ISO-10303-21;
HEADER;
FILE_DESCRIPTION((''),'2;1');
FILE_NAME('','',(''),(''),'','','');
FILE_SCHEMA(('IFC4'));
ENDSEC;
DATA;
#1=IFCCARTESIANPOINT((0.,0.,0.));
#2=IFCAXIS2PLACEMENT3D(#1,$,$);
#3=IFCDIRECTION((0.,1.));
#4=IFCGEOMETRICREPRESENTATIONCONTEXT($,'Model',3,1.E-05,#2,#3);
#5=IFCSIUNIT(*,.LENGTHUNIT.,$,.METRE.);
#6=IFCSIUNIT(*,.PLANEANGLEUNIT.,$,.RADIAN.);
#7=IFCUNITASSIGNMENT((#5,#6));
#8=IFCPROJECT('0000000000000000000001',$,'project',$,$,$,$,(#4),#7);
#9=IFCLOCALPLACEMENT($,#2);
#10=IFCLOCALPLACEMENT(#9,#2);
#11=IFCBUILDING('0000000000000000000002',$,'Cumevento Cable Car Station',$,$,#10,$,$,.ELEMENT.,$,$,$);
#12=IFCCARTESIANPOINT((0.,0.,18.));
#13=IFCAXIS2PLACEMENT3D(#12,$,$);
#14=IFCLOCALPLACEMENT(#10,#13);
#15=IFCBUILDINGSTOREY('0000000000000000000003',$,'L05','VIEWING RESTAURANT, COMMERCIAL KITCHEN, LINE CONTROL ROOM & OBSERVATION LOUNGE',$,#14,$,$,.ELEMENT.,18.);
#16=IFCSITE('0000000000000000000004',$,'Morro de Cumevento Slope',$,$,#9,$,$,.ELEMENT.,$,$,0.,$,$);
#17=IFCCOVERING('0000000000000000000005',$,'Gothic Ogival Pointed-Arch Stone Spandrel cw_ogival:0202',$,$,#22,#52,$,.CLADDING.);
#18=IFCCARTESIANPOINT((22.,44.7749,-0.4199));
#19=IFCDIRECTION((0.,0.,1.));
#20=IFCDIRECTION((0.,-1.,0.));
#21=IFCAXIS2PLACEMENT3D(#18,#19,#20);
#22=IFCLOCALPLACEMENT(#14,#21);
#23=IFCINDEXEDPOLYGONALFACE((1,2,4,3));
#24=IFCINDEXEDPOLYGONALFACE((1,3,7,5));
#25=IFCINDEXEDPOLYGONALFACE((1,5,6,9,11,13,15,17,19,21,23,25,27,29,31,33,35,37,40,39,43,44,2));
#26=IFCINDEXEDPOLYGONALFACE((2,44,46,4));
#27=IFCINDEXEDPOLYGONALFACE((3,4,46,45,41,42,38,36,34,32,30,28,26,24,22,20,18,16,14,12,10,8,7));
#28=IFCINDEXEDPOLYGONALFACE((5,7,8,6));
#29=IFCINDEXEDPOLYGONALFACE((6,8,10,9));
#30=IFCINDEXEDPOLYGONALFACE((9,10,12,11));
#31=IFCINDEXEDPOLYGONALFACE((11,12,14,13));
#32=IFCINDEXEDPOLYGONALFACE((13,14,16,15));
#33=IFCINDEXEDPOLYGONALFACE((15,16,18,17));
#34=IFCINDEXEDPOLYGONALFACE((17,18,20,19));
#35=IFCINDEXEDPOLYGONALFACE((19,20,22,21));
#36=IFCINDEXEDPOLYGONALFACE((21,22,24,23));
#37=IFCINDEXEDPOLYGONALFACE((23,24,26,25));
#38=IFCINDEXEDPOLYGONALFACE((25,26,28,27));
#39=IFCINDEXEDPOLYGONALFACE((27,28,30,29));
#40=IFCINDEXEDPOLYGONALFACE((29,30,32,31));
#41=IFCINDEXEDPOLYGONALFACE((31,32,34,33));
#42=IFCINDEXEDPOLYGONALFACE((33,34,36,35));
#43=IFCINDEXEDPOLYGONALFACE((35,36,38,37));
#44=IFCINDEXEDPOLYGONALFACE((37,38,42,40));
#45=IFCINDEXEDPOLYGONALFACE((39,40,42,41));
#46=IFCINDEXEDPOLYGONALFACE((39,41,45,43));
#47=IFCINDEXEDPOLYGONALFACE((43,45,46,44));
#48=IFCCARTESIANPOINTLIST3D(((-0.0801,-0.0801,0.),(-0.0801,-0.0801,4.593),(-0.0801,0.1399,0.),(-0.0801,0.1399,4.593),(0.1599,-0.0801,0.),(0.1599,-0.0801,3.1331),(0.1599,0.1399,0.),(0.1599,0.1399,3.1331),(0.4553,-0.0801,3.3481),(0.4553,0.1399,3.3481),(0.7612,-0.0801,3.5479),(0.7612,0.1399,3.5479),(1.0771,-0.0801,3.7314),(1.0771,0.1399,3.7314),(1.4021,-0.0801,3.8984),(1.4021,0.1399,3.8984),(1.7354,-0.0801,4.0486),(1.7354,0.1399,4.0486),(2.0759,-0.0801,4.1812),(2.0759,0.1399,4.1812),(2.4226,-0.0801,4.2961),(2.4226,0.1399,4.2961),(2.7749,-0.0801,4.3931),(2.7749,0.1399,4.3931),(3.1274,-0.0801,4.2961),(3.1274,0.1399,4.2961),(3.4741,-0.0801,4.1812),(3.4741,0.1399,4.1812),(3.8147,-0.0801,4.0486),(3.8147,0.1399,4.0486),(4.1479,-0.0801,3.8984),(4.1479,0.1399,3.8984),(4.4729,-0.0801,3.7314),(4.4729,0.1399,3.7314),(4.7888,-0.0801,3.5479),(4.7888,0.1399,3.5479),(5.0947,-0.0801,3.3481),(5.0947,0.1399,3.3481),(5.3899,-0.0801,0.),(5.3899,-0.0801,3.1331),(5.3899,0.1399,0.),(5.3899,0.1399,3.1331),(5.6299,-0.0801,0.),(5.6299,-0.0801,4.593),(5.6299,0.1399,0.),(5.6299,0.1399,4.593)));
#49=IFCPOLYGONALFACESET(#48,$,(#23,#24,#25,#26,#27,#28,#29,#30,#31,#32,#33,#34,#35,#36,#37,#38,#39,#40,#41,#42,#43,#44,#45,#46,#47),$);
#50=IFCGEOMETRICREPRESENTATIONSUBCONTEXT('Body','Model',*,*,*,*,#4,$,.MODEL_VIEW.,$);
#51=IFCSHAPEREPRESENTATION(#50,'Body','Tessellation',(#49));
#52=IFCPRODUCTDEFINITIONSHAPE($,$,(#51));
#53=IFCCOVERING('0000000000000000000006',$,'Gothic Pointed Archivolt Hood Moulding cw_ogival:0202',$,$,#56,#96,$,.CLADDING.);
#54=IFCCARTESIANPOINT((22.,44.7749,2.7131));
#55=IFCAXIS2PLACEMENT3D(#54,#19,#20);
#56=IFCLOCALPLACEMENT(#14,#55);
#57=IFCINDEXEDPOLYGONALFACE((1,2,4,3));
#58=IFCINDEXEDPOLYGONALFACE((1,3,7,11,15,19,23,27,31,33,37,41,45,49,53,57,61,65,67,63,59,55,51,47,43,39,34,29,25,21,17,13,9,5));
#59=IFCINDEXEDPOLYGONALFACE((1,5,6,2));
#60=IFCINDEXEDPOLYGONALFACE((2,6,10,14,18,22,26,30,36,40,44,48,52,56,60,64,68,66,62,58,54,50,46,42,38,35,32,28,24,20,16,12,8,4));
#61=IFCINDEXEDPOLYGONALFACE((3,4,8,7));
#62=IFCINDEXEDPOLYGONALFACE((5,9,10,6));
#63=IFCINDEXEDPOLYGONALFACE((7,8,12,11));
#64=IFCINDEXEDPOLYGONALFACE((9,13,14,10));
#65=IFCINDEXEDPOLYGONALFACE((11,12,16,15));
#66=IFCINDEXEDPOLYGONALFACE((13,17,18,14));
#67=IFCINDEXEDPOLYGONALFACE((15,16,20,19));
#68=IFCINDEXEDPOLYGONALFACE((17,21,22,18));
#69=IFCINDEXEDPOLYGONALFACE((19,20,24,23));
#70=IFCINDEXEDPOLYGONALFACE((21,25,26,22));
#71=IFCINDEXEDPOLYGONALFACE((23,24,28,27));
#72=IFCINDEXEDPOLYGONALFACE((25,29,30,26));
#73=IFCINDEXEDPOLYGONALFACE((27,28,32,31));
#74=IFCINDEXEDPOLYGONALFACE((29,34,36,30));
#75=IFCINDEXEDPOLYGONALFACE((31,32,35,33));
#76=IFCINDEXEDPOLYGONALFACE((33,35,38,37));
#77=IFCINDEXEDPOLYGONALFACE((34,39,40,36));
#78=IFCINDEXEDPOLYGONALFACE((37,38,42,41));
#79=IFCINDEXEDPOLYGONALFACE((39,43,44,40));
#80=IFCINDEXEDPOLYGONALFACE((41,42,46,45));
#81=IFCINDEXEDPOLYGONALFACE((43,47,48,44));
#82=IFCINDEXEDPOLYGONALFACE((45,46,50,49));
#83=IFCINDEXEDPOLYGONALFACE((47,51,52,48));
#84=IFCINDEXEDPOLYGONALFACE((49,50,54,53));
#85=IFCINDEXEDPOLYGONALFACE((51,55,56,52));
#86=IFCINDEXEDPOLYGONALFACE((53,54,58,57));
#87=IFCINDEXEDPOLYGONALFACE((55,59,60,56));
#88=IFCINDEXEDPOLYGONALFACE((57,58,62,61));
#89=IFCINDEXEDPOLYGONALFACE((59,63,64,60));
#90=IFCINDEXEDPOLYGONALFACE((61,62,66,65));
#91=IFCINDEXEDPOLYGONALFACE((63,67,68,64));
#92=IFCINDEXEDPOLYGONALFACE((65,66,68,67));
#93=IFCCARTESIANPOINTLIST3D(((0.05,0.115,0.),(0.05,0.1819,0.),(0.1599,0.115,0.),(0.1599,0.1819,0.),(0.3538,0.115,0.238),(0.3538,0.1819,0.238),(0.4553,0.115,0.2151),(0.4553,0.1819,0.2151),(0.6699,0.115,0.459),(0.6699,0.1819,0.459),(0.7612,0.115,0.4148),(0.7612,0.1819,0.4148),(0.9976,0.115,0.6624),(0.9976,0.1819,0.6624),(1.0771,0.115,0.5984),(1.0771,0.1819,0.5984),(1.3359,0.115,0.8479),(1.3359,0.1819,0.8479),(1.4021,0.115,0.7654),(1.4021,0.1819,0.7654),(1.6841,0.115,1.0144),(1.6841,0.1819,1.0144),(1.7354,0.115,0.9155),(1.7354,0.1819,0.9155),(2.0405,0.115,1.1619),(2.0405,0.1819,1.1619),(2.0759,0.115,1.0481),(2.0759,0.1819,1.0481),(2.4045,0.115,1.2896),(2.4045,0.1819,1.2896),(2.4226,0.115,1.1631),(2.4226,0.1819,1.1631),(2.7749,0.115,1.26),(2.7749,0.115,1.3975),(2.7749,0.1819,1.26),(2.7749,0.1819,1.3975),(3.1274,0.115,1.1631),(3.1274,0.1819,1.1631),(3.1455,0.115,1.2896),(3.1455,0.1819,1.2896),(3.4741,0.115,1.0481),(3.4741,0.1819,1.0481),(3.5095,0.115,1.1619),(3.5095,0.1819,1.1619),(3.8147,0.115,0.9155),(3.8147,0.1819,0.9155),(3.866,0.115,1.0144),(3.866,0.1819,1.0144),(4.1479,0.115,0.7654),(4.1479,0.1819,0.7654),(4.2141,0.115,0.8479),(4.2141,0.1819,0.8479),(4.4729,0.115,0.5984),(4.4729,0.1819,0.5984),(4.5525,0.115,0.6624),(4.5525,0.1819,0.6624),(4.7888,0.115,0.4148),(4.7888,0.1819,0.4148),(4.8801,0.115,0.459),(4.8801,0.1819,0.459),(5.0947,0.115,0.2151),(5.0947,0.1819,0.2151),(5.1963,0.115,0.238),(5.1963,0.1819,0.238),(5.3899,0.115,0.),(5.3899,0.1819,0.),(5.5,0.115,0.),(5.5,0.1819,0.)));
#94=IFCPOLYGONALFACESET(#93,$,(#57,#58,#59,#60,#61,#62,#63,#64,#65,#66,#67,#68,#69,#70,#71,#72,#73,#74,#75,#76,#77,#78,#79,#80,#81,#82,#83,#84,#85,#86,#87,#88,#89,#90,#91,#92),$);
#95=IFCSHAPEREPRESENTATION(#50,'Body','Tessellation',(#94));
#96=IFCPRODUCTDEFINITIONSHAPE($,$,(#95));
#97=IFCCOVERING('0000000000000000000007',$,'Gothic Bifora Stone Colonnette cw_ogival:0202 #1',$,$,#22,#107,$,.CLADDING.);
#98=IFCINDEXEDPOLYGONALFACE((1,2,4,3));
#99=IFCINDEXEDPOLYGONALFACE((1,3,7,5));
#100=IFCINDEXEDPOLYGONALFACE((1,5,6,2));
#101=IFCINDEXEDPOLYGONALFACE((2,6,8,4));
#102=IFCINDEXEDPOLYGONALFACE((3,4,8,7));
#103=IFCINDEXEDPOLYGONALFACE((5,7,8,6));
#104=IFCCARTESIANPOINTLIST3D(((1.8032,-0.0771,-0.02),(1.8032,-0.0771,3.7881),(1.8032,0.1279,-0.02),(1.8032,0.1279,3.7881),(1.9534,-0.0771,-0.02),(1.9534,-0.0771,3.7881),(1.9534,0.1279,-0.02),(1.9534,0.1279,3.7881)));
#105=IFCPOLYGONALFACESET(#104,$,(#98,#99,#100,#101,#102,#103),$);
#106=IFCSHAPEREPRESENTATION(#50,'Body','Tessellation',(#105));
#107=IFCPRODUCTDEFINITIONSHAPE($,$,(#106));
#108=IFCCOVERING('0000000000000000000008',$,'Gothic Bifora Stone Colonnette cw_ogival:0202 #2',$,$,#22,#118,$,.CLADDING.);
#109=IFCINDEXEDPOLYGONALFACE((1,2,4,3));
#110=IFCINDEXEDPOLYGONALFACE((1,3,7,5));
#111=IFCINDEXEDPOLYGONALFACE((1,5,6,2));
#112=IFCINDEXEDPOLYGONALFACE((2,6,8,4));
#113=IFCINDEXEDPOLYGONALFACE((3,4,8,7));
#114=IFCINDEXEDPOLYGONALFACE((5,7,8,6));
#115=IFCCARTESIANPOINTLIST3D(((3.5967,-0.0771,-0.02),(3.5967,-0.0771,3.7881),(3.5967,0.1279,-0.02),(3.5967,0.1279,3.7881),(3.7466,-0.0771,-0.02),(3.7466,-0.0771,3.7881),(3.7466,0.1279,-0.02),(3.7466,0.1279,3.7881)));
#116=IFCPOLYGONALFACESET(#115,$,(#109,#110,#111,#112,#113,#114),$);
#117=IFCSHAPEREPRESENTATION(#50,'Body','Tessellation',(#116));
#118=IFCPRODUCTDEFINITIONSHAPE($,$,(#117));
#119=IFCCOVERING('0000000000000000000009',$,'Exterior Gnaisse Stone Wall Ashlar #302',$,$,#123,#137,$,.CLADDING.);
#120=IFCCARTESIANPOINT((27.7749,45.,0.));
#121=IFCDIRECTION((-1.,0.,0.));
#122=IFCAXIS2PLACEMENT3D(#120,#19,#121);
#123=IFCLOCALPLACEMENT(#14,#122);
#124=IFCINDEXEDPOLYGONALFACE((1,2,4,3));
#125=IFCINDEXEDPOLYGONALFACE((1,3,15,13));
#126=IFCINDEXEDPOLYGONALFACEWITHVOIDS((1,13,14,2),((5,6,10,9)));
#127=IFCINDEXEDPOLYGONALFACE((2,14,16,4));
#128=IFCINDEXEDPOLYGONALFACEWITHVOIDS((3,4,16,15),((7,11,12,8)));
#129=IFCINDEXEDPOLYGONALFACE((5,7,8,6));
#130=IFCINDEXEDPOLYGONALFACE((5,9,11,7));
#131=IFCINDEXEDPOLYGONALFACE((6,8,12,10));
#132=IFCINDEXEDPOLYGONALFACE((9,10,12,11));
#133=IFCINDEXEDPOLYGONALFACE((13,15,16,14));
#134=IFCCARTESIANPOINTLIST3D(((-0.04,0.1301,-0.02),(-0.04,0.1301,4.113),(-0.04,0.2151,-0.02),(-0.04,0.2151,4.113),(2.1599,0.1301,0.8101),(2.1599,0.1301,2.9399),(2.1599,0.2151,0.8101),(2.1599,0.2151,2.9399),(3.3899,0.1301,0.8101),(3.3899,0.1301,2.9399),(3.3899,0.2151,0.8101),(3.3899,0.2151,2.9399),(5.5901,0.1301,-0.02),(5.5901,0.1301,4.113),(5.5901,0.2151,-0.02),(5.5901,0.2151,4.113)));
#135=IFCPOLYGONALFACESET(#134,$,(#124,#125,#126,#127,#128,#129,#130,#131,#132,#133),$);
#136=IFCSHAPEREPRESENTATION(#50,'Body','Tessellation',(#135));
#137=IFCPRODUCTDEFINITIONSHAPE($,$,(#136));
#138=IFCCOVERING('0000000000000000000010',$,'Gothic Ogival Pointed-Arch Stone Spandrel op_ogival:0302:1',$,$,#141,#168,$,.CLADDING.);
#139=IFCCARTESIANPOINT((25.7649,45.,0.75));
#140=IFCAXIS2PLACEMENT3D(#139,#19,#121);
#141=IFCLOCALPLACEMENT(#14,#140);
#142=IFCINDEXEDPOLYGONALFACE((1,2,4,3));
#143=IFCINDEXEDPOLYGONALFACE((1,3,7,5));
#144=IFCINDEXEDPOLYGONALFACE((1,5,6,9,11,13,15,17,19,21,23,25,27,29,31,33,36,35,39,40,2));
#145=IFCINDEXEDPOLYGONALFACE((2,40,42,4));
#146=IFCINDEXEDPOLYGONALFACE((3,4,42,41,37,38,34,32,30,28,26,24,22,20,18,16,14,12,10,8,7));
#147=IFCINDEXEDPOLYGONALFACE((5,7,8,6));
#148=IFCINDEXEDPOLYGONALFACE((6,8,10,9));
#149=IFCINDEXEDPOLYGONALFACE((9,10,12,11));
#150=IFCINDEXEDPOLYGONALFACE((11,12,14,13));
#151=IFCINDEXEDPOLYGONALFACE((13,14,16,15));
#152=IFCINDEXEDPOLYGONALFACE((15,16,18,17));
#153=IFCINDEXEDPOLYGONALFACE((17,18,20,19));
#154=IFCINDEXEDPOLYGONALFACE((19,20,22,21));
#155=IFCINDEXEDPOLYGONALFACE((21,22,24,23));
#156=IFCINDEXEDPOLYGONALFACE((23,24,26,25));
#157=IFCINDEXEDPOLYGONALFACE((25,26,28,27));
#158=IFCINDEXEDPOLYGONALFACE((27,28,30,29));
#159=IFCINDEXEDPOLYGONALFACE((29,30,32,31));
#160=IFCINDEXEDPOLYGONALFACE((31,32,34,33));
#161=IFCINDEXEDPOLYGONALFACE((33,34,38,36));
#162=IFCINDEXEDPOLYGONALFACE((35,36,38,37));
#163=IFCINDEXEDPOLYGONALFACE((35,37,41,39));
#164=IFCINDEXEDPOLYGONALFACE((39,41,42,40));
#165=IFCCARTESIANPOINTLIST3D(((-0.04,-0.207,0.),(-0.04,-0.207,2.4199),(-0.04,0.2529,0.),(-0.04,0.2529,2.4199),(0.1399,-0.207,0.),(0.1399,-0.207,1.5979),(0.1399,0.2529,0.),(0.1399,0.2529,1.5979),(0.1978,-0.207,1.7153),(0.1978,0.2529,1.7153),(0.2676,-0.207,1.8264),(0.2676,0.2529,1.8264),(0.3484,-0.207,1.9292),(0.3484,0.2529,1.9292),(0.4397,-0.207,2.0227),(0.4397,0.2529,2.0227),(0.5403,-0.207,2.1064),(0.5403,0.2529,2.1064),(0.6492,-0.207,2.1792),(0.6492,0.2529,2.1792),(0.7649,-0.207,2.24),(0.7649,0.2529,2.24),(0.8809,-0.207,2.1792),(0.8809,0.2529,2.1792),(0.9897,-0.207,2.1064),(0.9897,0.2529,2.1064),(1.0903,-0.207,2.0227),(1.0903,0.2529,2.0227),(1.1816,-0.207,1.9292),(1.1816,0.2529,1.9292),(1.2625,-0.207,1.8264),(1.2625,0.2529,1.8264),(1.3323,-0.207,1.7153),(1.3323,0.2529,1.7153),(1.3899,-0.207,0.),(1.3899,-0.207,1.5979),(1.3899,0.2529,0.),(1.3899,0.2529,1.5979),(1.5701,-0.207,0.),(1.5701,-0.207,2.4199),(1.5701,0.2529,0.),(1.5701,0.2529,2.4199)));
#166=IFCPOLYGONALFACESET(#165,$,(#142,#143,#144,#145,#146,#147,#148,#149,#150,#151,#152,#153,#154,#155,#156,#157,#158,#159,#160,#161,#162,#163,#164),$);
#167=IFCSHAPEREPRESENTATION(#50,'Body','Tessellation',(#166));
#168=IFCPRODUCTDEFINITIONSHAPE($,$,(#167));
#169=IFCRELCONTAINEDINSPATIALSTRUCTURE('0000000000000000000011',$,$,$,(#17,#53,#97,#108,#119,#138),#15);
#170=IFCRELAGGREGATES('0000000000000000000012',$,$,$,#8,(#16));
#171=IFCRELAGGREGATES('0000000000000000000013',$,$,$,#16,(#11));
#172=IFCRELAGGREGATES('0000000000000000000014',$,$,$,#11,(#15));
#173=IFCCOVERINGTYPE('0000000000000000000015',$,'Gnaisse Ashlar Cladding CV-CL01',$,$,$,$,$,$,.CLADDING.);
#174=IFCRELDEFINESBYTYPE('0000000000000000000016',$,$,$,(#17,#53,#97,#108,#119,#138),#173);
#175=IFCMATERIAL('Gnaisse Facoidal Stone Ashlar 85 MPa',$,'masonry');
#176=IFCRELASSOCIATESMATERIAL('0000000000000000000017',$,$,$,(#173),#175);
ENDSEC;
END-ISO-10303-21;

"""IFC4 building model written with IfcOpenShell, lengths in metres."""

from ifc_helpers import new_model, si_unit, direction, frame, origin, place, context, subcontext, project, spatial, polyline, outline, extrude, material, type_object, element, save


model = new_model("IFC4")

# Units and contexts
model_context = context("Model", 3, precision=1e-05, world=origin(), true_north=direction((0.0, 1.0)))
body_context = subcontext(model_context, "Body", "Model", "MODEL_VIEW")
ifc_project = project(units=[si_unit("LENGTHUNIT", "METRE"), si_unit("PLANEANGLEUNIT", "RADIAN")], contexts=[model_context])

# Site, building, storey
site_placement = place(None, origin())
site = spatial("IfcSite", under=ifc_project, at=site_placement, Name="Morro de Cumevento Slope", CompositionType="ELEMENT", RefElevation=0.0)
building_placement = place(site_placement, origin())
building = spatial("IfcBuilding", under=site, at=building_placement, Name="Cumevento Cable Car Station", CompositionType="ELEMENT")
storey_placement = place(building_placement, frame((0.0, 0.0, 18.0)))
storey = spatial("IfcBuildingStorey", under=building, at=storey_placement, Name="L05", Description="VIEWING RESTAURANT, COMMERCIAL KITCHEN, LINE CONTROL ROOM & OBSERVATION LOUNGE", CompositionType="ELEMENT", Elevation=18.0)

# Coverings
ifc_material_1 = material(Name="Gnaisse Facoidal Stone Ashlar 85 MPa", Category="masonry")
covering_type = type_object("IfcCoveringType", Name="Gnaisse Ashlar Cladding CV-CL01", PredefinedType="CLADDING", material=ifc_material_1)
placement = place(storey_placement, frame((22.0, 44.7749, -0.4199), z_axis=(0.0, 0.0, 1.0), x_axis=(0.0, -1.0, 0.0)))
element("IfcCovering", 1, at=placement, inside=storey, type_object=covering_type, Name="Gothic Ogival Pointed-Arch Stone Spandrel cw_ogival:0202", PredefinedType="CLADDING", context=body_context, shape_type="SweptSolid", body=[
    extrude(outline(polyline([(-0.0801, 0.0), (-0.0801, 4.593), (5.6299, 4.593), (5.6299, 0.0), (5.3899, 0.0), (5.3899, 3.1331), (5.0947, 3.3481), (4.7888, 3.5479), (4.4729, 3.7314), (4.1479, 3.8984), (3.8147, 4.0486), (3.4741, 4.1812), (3.1274, 4.2961), (2.7749, 4.3931), (2.4226, 4.2961), (2.0759, 4.1812), (1.7354, 4.0486), (1.4021, 3.8984), (1.0771, 3.7314), (0.7612, 3.5479), (0.4553, 3.3481), (0.1599, 3.1331), (0.1599, 0.0), (-0.0801, 0.0)])), frame((0.0, 0.1399, 0.0), z_axis=(0.0, -1.0, 0.0), x_axis=(1.0, 0.0, 0.0)), (0.0, 0.0, 1.0), 0.22),
])
covering_1_placement = place(storey_placement, frame((22.0, 44.7749, 2.7131), z_axis=(0.0, 0.0, 1.0), x_axis=(0.0, -1.0, 0.0)))
element("IfcCovering", 2, at=covering_1_placement, inside=storey, type_object=covering_type, Name="Gothic Pointed Archivolt Hood Moulding cw_ogival:0202", PredefinedType="CLADDING", context=body_context, shape_type="SweptSolid", body=[
    extrude(outline(polyline([(0.1599, 0.0), (0.4553, 0.2151), (0.7612, 0.4148), (1.0771, 0.5984), (1.4021, 0.7654), (1.7354, 0.9155), (2.0759, 1.0481), (2.4226, 1.1631), (2.7749, 1.26), (3.1274, 1.1631), (3.4741, 1.0481), (3.8147, 0.9155), (4.1479, 0.7654), (4.4729, 0.5984), (4.7888, 0.4148), (5.0947, 0.2151), (5.3899, 0.0), (5.5, 0.0), (5.1963, 0.238), (4.8801, 0.459), (4.5525, 0.6624), (4.2141, 0.8479), (3.866, 1.0144), (3.5095, 1.1619), (3.1455, 1.2896), (2.7749, 1.3975), (2.4045, 1.2896), (2.0405, 1.1619), (1.6841, 1.0144), (1.3359, 0.8479), (0.9976, 0.6624), (0.6699, 0.459), (0.3538, 0.238), (0.05, 0.0), (0.1599, 0.0)])), frame((0.0, 0.1819, 0.0), z_axis=(0.0, -1.0, 0.0), x_axis=(1.0, 0.0, 0.0)), (0.0, 0.0, 1.0), 0.0669),
])
element("IfcCovering", 3, at=placement, inside=storey, type_object=covering_type, Name="Gothic Bifora Stone Colonnette cw_ogival:0202 #1", PredefinedType="CLADDING", context=body_context, shape_type="SweptSolid", body=[
    extrude(outline(polyline([(1.8032, -0.02), (1.9534, -0.02), (1.9534, 3.7881), (1.8032, 3.7881), (1.8032, -0.02)])), frame((0.0, 0.1279, 0.0), z_axis=(0.0, -1.0, 0.0), x_axis=(1.0, 0.0, 0.0)), (0.0, 0.0, 1.0), 0.2051),
])
element("IfcCovering", 4, at=placement, inside=storey, type_object=covering_type, Name="Gothic Bifora Stone Colonnette cw_ogival:0202 #2", PredefinedType="CLADDING", context=body_context, shape_type="SweptSolid", body=[
    extrude(outline(polyline([(3.5967, -0.02), (3.7466, -0.02), (3.7466, 3.7881), (3.5967, 3.7881), (3.5967, -0.02)])), frame((0.0, 0.1279, 0.0), z_axis=(0.0, -1.0, 0.0), x_axis=(1.0, 0.0, 0.0)), (0.0, 0.0, 1.0), 0.2051),
])
covering_2_placement = place(storey_placement, frame((27.7749, 45.0, 0.0), z_axis=(0.0, 0.0, 1.0), x_axis=(-1.0, 0.0, 0.0)))
element("IfcCovering", 5, at=covering_2_placement, inside=storey, type_object=covering_type, Name="Exterior Gnaisse Stone Wall Ashlar #302", PredefinedType="CLADDING", context=body_context, shape_type="SweptSolid", body=[
    extrude(outline(polyline([(-0.04, -0.02), (5.5901, -0.02), (5.5901, 4.113), (-0.04, 4.113), (-0.04, -0.02)]), holes=[polyline([(2.1599, 0.8101), (3.3899, 0.8101), (3.3899, 2.9399), (2.1599, 2.9399), (2.1599, 0.8101)])]), frame((0.0, 0.2151, 0.0), z_axis=(0.0, -1.0, 0.0), x_axis=(1.0, 0.0, 0.0)), (0.0, 0.0, 1.0), 0.085),
])
covering_3_placement = place(storey_placement, frame((25.7649, 45.0, 0.75), z_axis=(0.0, 0.0, 1.0), x_axis=(-1.0, 0.0, 0.0)))
element("IfcCovering", 6, at=covering_3_placement, inside=storey, type_object=covering_type, Name="Gothic Ogival Pointed-Arch Stone Spandrel op_ogival:0302:1", PredefinedType="CLADDING", context=body_context, shape_type="SweptSolid", body=[
    extrude(outline(polyline([(-0.04, 0.0), (-0.04, 2.4199), (1.5701, 2.4199), (1.5701, 0.0), (1.3899, 0.0), (1.3899, 1.5979), (1.3323, 1.7153), (1.2625, 1.8264), (1.1816, 1.9292), (1.0903, 2.0227), (0.9897, 2.1064), (0.8809, 2.1792), (0.7649, 2.24), (0.6492, 2.1792), (0.5403, 2.1064), (0.4397, 2.0227), (0.3484, 1.9292), (0.2676, 1.8264), (0.1978, 1.7153), (0.1399, 1.5979), (0.1399, 0.0), (-0.04, 0.0)])), frame((0.0, 0.2529, 0.0), z_axis=(0.0, -1.0, 0.0), x_axis=(1.0, 0.0, 0.0)), (0.0, 0.0, 1.0), 0.46),
])

save(model, "model.ifc")
